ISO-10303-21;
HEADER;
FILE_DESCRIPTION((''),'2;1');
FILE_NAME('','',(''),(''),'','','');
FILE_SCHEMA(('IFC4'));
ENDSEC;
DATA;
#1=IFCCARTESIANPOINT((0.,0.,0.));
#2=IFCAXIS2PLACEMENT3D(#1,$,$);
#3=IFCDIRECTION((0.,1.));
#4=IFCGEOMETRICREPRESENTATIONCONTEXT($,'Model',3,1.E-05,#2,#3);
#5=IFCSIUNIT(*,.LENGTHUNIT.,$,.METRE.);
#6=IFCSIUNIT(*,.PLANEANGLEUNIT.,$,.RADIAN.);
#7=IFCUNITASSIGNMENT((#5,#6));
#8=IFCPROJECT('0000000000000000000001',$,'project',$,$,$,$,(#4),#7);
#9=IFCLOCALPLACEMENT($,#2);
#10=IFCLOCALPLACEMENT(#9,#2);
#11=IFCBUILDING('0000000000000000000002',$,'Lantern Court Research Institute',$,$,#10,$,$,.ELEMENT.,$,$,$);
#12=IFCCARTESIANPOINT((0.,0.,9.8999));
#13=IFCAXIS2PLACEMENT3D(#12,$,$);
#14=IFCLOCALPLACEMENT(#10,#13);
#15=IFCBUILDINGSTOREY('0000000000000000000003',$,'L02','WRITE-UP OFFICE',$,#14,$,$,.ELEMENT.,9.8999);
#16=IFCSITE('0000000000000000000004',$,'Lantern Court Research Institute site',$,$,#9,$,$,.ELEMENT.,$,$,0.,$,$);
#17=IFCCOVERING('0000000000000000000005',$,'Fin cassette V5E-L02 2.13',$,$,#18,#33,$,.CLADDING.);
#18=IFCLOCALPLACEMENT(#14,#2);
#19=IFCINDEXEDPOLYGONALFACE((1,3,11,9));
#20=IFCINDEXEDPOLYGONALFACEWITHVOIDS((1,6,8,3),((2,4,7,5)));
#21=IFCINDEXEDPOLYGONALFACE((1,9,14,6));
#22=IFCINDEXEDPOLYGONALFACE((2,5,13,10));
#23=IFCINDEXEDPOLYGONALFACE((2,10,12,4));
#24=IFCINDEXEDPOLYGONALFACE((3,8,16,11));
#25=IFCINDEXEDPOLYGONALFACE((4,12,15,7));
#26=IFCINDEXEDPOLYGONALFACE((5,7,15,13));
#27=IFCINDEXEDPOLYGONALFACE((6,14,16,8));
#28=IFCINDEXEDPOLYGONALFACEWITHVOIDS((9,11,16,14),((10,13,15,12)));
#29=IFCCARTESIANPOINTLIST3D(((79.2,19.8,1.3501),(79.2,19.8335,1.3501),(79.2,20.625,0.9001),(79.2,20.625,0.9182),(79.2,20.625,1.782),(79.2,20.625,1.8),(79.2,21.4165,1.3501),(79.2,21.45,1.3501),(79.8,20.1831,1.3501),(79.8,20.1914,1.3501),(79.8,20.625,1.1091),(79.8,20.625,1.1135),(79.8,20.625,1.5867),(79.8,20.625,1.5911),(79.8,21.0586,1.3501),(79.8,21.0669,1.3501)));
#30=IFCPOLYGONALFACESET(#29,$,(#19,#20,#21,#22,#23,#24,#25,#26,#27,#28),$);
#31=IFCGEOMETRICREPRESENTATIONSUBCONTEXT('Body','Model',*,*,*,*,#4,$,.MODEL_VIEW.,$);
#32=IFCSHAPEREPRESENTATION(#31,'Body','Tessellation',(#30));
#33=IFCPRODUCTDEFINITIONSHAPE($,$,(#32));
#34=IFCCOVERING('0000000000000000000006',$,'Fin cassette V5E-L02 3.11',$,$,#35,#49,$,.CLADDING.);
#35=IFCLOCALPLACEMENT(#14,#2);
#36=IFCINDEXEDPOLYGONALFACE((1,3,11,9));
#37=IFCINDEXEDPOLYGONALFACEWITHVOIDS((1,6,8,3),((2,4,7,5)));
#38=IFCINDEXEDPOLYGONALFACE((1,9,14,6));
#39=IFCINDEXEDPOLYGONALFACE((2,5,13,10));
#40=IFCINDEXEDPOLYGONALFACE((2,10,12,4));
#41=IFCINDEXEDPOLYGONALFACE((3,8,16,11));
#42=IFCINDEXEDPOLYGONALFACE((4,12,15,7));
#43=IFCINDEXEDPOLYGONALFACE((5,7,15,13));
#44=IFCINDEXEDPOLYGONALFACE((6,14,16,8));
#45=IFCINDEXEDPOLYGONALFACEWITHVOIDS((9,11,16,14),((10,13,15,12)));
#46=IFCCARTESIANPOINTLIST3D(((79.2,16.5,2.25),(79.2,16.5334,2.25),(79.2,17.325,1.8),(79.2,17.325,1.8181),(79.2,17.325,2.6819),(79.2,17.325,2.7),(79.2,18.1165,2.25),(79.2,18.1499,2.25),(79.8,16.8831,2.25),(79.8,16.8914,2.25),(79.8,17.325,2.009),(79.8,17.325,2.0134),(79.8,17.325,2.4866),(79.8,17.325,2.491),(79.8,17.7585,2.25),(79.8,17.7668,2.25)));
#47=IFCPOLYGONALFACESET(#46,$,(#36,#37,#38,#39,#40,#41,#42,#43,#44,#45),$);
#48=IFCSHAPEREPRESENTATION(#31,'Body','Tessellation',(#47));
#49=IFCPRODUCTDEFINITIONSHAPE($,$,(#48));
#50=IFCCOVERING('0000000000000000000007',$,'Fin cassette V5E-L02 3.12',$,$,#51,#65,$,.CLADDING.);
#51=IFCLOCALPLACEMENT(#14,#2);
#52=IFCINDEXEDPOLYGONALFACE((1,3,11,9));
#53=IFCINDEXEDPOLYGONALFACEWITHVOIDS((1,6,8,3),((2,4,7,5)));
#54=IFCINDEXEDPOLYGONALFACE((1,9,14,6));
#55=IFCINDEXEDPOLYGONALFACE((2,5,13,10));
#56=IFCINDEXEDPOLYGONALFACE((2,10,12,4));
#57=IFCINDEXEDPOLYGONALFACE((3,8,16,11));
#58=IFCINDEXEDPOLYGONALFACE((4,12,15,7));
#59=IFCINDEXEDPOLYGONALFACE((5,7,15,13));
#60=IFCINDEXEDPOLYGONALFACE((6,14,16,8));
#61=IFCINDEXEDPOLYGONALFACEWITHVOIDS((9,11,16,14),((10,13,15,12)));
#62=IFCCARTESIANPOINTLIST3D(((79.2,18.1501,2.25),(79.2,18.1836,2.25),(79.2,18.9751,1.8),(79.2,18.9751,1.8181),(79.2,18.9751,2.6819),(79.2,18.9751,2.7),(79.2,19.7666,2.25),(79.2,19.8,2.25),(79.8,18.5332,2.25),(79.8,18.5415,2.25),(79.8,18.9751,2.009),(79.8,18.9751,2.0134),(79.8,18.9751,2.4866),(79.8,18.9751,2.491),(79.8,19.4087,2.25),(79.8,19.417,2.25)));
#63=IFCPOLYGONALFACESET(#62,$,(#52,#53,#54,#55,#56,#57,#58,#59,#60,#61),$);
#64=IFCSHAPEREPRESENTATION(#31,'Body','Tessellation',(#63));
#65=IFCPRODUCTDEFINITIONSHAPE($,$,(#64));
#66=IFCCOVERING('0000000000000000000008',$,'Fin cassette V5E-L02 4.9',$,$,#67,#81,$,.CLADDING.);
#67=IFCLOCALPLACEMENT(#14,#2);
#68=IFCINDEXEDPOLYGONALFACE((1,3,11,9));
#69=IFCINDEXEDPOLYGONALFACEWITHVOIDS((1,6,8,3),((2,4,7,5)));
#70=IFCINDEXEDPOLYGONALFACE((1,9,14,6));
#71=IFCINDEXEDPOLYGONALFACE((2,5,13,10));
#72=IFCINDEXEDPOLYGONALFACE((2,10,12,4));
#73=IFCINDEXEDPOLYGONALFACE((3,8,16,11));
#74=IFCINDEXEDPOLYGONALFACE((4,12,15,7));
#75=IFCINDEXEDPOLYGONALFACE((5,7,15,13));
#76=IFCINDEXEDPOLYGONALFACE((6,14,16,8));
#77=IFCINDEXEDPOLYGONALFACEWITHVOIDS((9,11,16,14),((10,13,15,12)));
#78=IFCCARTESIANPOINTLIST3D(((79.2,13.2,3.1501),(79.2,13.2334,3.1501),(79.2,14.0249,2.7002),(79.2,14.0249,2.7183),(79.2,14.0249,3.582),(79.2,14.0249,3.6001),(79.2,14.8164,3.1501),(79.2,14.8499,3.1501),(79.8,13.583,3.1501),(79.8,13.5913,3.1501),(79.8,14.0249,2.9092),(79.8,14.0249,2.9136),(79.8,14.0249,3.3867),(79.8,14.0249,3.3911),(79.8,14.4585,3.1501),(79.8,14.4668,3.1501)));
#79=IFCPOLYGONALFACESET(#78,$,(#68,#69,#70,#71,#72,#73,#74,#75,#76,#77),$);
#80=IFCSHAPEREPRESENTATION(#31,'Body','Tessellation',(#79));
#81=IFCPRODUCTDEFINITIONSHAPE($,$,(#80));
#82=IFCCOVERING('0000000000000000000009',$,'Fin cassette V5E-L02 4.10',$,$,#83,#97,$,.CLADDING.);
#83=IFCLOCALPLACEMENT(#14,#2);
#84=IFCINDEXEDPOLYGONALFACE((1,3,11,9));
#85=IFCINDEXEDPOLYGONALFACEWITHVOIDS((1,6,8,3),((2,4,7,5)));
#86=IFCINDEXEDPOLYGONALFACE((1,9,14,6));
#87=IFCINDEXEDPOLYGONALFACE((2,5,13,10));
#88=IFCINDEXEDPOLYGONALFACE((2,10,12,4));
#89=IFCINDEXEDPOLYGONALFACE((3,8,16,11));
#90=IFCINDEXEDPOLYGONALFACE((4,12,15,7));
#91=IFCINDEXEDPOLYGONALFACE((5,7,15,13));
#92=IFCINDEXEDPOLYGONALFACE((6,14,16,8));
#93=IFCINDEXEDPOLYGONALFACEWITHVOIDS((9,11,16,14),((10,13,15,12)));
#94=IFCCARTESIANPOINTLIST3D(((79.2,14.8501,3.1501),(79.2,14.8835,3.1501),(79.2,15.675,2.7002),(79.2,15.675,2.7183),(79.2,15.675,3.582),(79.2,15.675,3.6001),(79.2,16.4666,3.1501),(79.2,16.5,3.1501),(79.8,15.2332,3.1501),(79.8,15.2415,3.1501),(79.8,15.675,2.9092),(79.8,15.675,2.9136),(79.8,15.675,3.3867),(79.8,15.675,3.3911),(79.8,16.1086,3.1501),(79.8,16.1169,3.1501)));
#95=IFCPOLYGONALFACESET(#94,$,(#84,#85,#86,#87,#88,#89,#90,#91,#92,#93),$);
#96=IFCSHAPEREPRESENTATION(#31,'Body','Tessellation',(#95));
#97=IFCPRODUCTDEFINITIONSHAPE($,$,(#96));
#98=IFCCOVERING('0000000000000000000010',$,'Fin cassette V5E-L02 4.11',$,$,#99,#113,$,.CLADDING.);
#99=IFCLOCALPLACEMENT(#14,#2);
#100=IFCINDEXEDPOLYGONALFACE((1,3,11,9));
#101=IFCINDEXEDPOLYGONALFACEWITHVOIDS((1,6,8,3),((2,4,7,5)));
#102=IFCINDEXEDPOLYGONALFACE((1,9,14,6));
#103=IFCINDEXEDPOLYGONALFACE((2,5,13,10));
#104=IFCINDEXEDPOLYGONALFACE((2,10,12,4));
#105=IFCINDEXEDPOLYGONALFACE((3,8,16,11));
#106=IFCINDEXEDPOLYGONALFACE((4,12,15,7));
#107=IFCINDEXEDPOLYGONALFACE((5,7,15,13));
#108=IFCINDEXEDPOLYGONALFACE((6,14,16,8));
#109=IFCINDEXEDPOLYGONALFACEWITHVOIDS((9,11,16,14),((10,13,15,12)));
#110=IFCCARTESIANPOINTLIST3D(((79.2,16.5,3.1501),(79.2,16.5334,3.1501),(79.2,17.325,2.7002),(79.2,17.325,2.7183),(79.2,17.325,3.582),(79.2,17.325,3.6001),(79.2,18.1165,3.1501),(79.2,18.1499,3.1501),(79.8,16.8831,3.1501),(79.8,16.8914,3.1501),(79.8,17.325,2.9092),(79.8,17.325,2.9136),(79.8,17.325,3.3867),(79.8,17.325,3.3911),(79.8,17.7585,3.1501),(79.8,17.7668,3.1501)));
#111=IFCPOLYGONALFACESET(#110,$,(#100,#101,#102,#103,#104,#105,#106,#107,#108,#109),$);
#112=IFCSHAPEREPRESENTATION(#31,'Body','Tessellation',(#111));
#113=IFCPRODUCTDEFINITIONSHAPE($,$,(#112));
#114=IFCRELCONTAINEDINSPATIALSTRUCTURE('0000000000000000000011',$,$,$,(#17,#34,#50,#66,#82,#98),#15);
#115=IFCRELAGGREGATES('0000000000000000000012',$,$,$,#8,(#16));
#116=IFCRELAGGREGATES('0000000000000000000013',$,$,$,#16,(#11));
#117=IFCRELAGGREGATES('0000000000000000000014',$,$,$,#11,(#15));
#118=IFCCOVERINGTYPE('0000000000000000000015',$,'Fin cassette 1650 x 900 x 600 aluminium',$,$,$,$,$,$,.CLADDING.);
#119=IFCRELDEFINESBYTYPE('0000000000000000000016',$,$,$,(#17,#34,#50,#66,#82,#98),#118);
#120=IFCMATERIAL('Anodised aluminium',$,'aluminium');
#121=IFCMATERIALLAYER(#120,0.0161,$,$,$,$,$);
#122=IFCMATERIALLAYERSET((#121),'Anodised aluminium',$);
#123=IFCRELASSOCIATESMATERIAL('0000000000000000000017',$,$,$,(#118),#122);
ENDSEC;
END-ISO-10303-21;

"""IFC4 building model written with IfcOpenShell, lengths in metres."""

from ifc_helpers import new_model, entity, si_unit, direction, frame, origin, place, context, subcontext, project, spatial, material, layer, layer_set, type_object, element, save


model = new_model("IFC4")

# Units and contexts
model_context = context("Model", 3, precision=1e-05, world=origin(), true_north=direction((0.0, 1.0)))
body_context = subcontext(model_context, "Body", "Model", "MODEL_VIEW")
ifc_project = project(units=[si_unit("LENGTHUNIT", "METRE"), si_unit("PLANEANGLEUNIT", "RADIAN")], contexts=[model_context])

# Site, building, storey
site_placement = place(None, origin())
site = spatial("IfcSite", under=ifc_project, at=site_placement, Name="Lantern Court Research Institute site", CompositionType="ELEMENT", RefElevation=0.0)
building_placement = place(site_placement, origin())
building = spatial("IfcBuilding", under=site, at=building_placement, Name="Lantern Court Research Institute", CompositionType="ELEMENT")
storey_placement = place(building_placement, frame((0.0, 0.0, 9.8999)))
storey = spatial("IfcBuildingStorey", under=building, at=storey_placement, Name="L02", Description="WRITE-UP OFFICE", CompositionType="ELEMENT", Elevation=9.8999)

# Coverings
ifc_material_1 = material(Name="Anodised aluminium", Category="aluminium")
ifc_layer_1 = layer(ifc_material_1, 0.0161)
ifc_layer_set_1 = layer_set([ifc_layer_1], Name="Anodised aluminium")
covering_type = type_object("IfcCoveringType", Name="Fin cassette 1650 x 900 x 600 aluminium", PredefinedType="CLADDING", material=ifc_layer_set_1)
covering_1_placement = place(storey_placement, frame((79.2, 20.625, 1.3501), z_axis=(1.0, 0.0, 0.0), x_axis=(0.0, 1.0, 0.0)))
cartesian_point_1 = entity("IfcCartesianPoint", [0.825, 0.0])
cartesian_point_2 = entity("IfcCartesianPoint", [0.7915, 0.0])
cartesian_point_3 = entity("IfcCartesianPoint", [0.4419, 0.0])
cartesian_point_4 = entity("IfcCartesianPoint", [0.4336, 0.0])
element("IfcCovering", 1, at=covering_1_placement, inside=storey, type_object=covering_type, Name="Fin cassette V5E-L02 2.13", PredefinedType="CLADDING", context=body_context, shape_type="SweptSolid", body=[
    entity("IfcExtrudedAreaSolidTapered", entity("IfcArbitraryProfileDefWithVoids", "AREA", None, entity("IfcPolyline", [cartesian_point_1, entity("IfcCartesianPoint", [0.0, 0.45]), entity("IfcCartesianPoint", [-0.825, 0.0]), entity("IfcCartesianPoint", [0.0, -0.45]), cartesian_point_1]), [entity("IfcPolyline", [cartesian_point_2, entity("IfcCartesianPoint", [0.0, 0.4319]), entity("IfcCartesianPoint", [-0.7915, 0.0]), entity("IfcCartesianPoint", [0.0, -0.4319]), cartesian_point_2])]), entity("IfcAxis2Placement3D", entity("IfcCartesianPoint", [0.0, 0.0, 0.0])), entity("IfcDirection", [0.0, 0.0, 1.0]), 0.6001, entity("IfcArbitraryProfileDefWithVoids", "AREA", None, entity("IfcPolyline", [cartesian_point_3, entity("IfcCartesianPoint", [0.0, 0.241]), entity("IfcCartesianPoint", [-0.4419, 0.0]), entity("IfcCartesianPoint", [0.0, -0.241]), cartesian_point_3]), [entity("IfcPolyline", [cartesian_point_4, entity("IfcCartesianPoint", [0.0, 0.2366]), entity("IfcCartesianPoint", [-0.4336, 0.0]), entity("IfcCartesianPoint", [0.0, -0.2366]), cartesian_point_4])])),
])
covering_2_placement = place(storey_placement, frame((79.2, 17.325, 2.25), z_axis=(1.0, 0.0, 0.0), x_axis=(0.0, 1.0, 0.0)))
cartesian_point_5 = entity("IfcCartesianPoint", [0.825, 0.0])
cartesian_point_6 = entity("IfcCartesianPoint", [0.7915, 0.0])
cartesian_point_7 = entity("IfcCartesianPoint", [0.4419, 0.0])
cartesian_point_8 = entity("IfcCartesianPoint", [0.4336, 0.0])
element("IfcCovering", 2, at=covering_2_placement, inside=storey, type_object=covering_type, Name="Fin cassette V5E-L02 3.11", PredefinedType="CLADDING", context=body_context, shape_type="SweptSolid", body=[
    entity("IfcExtrudedAreaSolidTapered", entity("IfcArbitraryProfileDefWithVoids", "AREA", None, entity("IfcPolyline", [cartesian_point_5, entity("IfcCartesianPoint", [0.0, 0.45]), entity("IfcCartesianPoint", [-0.825, 0.0]), entity("IfcCartesianPoint", [0.0, -0.45]), cartesian_point_5]), [entity("IfcPolyline", [cartesian_point_6, entity("IfcCartesianPoint", [0.0, 0.4319]), entity("IfcCartesianPoint", [-0.7915, 0.0]), entity("IfcCartesianPoint", [0.0, -0.4319]), cartesian_point_6])]), entity("IfcAxis2Placement3D", entity("IfcCartesianPoint", [0.0, 0.0, 0.0])), entity("IfcDirection", [0.0, 0.0, 1.0]), 0.6001, entity("IfcArbitraryProfileDefWithVoids", "AREA", None, entity("IfcPolyline", [cartesian_point_7, entity("IfcCartesianPoint", [0.0, 0.241]), entity("IfcCartesianPoint", [-0.4419, 0.0]), entity("IfcCartesianPoint", [0.0, -0.241]), cartesian_point_7]), [entity("IfcPolyline", [cartesian_point_8, entity("IfcCartesianPoint", [0.0, 0.2366]), entity("IfcCartesianPoint", [-0.4336, 0.0]), entity("IfcCartesianPoint", [0.0, -0.2366]), cartesian_point_8])])),
])
covering_3_placement = place(storey_placement, frame((79.2, 18.9751, 2.25), z_axis=(1.0, 0.0, 0.0), x_axis=(0.0, 1.0, 0.0)))
cartesian_point_9 = entity("IfcCartesianPoint", [0.825, 0.0])
cartesian_point_10 = entity("IfcCartesianPoint", [0.7915, 0.0])
cartesian_point_11 = entity("IfcCartesianPoint", [0.4419, 0.0])
cartesian_point_12 = entity("IfcCartesianPoint", [0.4336, 0.0])
element("IfcCovering", 3, at=covering_3_placement, inside=storey, type_object=covering_type, Name="Fin cassette V5E-L02 3.12", PredefinedType="CLADDING", context=body_context, shape_type="SweptSolid", body=[
    entity("IfcExtrudedAreaSolidTapered", entity("IfcArbitraryProfileDefWithVoids", "AREA", None, entity("IfcPolyline", [cartesian_point_9, entity("IfcCartesianPoint", [0.0, 0.45]), entity("IfcCartesianPoint", [-0.825, 0.0]), entity("IfcCartesianPoint", [0.0, -0.45]), cartesian_point_9]), [entity("IfcPolyline", [cartesian_point_10, entity("IfcCartesianPoint", [0.0, 0.4319]), entity("IfcCartesianPoint", [-0.7915, 0.0]), entity("IfcCartesianPoint", [0.0, -0.4319]), cartesian_point_10])]), entity("IfcAxis2Placement3D", entity("IfcCartesianPoint", [0.0, 0.0, 0.0])), entity("IfcDirection", [0.0, 0.0, 1.0]), 0.6001, entity("IfcArbitraryProfileDefWithVoids", "AREA", None, entity("IfcPolyline", [cartesian_point_11, entity("IfcCartesianPoint", [0.0, 0.241]), entity("IfcCartesianPoint", [-0.4419, 0.0]), entity("IfcCartesianPoint", [0.0, -0.241]), cartesian_point_11]), [entity("IfcPolyline", [cartesian_point_12, entity("IfcCartesianPoint", [0.0, 0.2366]), entity("IfcCartesianPoint", [-0.4336, 0.0]), entity("IfcCartesianPoint", [0.0, -0.2366]), cartesian_point_12])])),
])
covering_4_placement = place(storey_placement, frame((79.2, 14.0249, 3.1501), z_axis=(1.0, 0.0, 0.0), x_axis=(0.0, 1.0, 0.0)))
cartesian_point_13 = entity("IfcCartesianPoint", [0.825, 0.0])
cartesian_point_14 = entity("IfcCartesianPoint", [0.7915, 0.0])
cartesian_point_15 = entity("IfcCartesianPoint", [0.4419, 0.0])
cartesian_point_16 = entity("IfcCartesianPoint", [0.4336, 0.0])
element("IfcCovering", 4, at=covering_4_placement, inside=storey, type_object=covering_type, Name="Fin cassette V5E-L02 4.9", PredefinedType="CLADDING", context=body_context, shape_type="SweptSolid", body=[
    entity("IfcExtrudedAreaSolidTapered", entity("IfcArbitraryProfileDefWithVoids", "AREA", None, entity("IfcPolyline", [cartesian_point_13, entity("IfcCartesianPoint", [0.0, 0.45]), entity("IfcCartesianPoint", [-0.825, 0.0]), entity("IfcCartesianPoint", [0.0, -0.45]), cartesian_point_13]), [entity("IfcPolyline", [cartesian_point_14, entity("IfcCartesianPoint", [0.0, 0.4319]), entity("IfcCartesianPoint", [-0.7915, 0.0]), entity("IfcCartesianPoint", [0.0, -0.4319]), cartesian_point_14])]), entity("IfcAxis2Placement3D", entity("IfcCartesianPoint", [0.0, 0.0, 0.0])), entity("IfcDirection", [0.0, 0.0, 1.0]), 0.6001, entity("IfcArbitraryProfileDefWithVoids", "AREA", None, entity("IfcPolyline", [cartesian_point_15, entity("IfcCartesianPoint", [0.0, 0.241]), entity("IfcCartesianPoint", [-0.4419, 0.0]), entity("IfcCartesianPoint", [0.0, -0.241]), cartesian_point_15]), [entity("IfcPolyline", [cartesian_point_16, entity("IfcCartesianPoint", [0.0, 0.2366]), entity("IfcCartesianPoint", [-0.4336, 0.0]), entity("IfcCartesianPoint", [0.0, -0.2366]), cartesian_point_16])])),
])
covering_5_placement = place(storey_placement, frame((79.2, 15.675, 3.1501), z_axis=(1.0, 0.0, 0.0), x_axis=(0.0, 1.0, 0.0)))
cartesian_point_17 = entity("IfcCartesianPoint", [0.825, 0.0])
cartesian_point_18 = entity("IfcCartesianPoint", [0.7915, 0.0])
cartesian_point_19 = entity("IfcCartesianPoint", [0.4419, 0.0])
cartesian_point_20 = entity("IfcCartesianPoint", [0.4336, 0.0])
element("IfcCovering", 5, at=covering_5_placement, inside=storey, type_object=covering_type, Name="Fin cassette V5E-L02 4.10", PredefinedType="CLADDING", context=body_context, shape_type="SweptSolid", body=[
    entity("IfcExtrudedAreaSolidTapered", entity("IfcArbitraryProfileDefWithVoids", "AREA", None, entity("IfcPolyline", [cartesian_point_17, entity("IfcCartesianPoint", [0.0, 0.45]), entity("IfcCartesianPoint", [-0.825, 0.0]), entity("IfcCartesianPoint", [0.0, -0.45]), cartesian_point_17]), [entity("IfcPolyline", [cartesian_point_18, entity("IfcCartesianPoint", [0.0, 0.4319]), entity("IfcCartesianPoint", [-0.7915, 0.0]), entity("IfcCartesianPoint", [0.0, -0.4319]), cartesian_point_18])]), entity("IfcAxis2Placement3D", entity("IfcCartesianPoint", [0.0, 0.0, 0.0])), entity("IfcDirection", [0.0, 0.0, 1.0]), 0.6001, entity("IfcArbitraryProfileDefWithVoids", "AREA", None, entity("IfcPolyline", [cartesian_point_19, entity("IfcCartesianPoint", [0.0, 0.241]), entity("IfcCartesianPoint", [-0.4419, 0.0]), entity("IfcCartesianPoint", [0.0, -0.241]), cartesian_point_19]), [entity("IfcPolyline", [cartesian_point_20, entity("IfcCartesianPoint", [0.0, 0.2366]), entity("IfcCartesianPoint", [-0.4336, 0.0]), entity("IfcCartesianPoint", [0.0, -0.2366]), cartesian_point_20])])),
])
covering_6_placement = place(storey_placement, frame((79.2, 17.325, 3.1501), z_axis=(1.0, 0.0, 0.0), x_axis=(0.0, 1.0, 0.0)))
cartesian_point_21 = entity("IfcCartesianPoint", [0.825, 0.0])
cartesian_point_22 = entity("IfcCartesianPoint", [0.7915, 0.0])
cartesian_point_23 = entity("IfcCartesianPoint", [0.4419, 0.0])
cartesian_point_24 = entity("IfcCartesianPoint", [0.4336, 0.0])
element("IfcCovering", 6, at=covering_6_placement, inside=storey, type_object=covering_type, Name="Fin cassette V5E-L02 4.11", PredefinedType="CLADDING", context=body_context, shape_type="SweptSolid", body=[
    entity("IfcExtrudedAreaSolidTapered", entity("IfcArbitraryProfileDefWithVoids", "AREA", None, entity("IfcPolyline", [cartesian_point_21, entity("IfcCartesianPoint", [0.0, 0.45]), entity("IfcCartesianPoint", [-0.825, 0.0]), entity("IfcCartesianPoint", [0.0, -0.45]), cartesian_point_21]), [entity("IfcPolyline", [cartesian_point_22, entity("IfcCartesianPoint", [0.0, 0.4319]), entity("IfcCartesianPoint", [-0.7915, 0.0]), entity("IfcCartesianPoint", [0.0, -0.4319]), cartesian_point_22])]), entity("IfcAxis2Placement3D", entity("IfcCartesianPoint", [0.0, 0.0, 0.0])), entity("IfcDirection", [0.0, 0.0, 1.0]), 0.6001, entity("IfcArbitraryProfileDefWithVoids", "AREA", None, entity("IfcPolyline", [cartesian_point_23, entity("IfcCartesianPoint", [0.0, 0.241]), entity("IfcCartesianPoint", [-0.4419, 0.0]), entity("IfcCartesianPoint", [0.0, -0.241]), cartesian_point_23]), [entity("IfcPolyline", [cartesian_point_24, entity("IfcCartesianPoint", [0.0, 0.2366]), entity("IfcCartesianPoint", [-0.4336, 0.0]), entity("IfcCartesianPoint", [0.0, -0.2366]), cartesian_point_24])])),
])

save(model, "model.ifc")
